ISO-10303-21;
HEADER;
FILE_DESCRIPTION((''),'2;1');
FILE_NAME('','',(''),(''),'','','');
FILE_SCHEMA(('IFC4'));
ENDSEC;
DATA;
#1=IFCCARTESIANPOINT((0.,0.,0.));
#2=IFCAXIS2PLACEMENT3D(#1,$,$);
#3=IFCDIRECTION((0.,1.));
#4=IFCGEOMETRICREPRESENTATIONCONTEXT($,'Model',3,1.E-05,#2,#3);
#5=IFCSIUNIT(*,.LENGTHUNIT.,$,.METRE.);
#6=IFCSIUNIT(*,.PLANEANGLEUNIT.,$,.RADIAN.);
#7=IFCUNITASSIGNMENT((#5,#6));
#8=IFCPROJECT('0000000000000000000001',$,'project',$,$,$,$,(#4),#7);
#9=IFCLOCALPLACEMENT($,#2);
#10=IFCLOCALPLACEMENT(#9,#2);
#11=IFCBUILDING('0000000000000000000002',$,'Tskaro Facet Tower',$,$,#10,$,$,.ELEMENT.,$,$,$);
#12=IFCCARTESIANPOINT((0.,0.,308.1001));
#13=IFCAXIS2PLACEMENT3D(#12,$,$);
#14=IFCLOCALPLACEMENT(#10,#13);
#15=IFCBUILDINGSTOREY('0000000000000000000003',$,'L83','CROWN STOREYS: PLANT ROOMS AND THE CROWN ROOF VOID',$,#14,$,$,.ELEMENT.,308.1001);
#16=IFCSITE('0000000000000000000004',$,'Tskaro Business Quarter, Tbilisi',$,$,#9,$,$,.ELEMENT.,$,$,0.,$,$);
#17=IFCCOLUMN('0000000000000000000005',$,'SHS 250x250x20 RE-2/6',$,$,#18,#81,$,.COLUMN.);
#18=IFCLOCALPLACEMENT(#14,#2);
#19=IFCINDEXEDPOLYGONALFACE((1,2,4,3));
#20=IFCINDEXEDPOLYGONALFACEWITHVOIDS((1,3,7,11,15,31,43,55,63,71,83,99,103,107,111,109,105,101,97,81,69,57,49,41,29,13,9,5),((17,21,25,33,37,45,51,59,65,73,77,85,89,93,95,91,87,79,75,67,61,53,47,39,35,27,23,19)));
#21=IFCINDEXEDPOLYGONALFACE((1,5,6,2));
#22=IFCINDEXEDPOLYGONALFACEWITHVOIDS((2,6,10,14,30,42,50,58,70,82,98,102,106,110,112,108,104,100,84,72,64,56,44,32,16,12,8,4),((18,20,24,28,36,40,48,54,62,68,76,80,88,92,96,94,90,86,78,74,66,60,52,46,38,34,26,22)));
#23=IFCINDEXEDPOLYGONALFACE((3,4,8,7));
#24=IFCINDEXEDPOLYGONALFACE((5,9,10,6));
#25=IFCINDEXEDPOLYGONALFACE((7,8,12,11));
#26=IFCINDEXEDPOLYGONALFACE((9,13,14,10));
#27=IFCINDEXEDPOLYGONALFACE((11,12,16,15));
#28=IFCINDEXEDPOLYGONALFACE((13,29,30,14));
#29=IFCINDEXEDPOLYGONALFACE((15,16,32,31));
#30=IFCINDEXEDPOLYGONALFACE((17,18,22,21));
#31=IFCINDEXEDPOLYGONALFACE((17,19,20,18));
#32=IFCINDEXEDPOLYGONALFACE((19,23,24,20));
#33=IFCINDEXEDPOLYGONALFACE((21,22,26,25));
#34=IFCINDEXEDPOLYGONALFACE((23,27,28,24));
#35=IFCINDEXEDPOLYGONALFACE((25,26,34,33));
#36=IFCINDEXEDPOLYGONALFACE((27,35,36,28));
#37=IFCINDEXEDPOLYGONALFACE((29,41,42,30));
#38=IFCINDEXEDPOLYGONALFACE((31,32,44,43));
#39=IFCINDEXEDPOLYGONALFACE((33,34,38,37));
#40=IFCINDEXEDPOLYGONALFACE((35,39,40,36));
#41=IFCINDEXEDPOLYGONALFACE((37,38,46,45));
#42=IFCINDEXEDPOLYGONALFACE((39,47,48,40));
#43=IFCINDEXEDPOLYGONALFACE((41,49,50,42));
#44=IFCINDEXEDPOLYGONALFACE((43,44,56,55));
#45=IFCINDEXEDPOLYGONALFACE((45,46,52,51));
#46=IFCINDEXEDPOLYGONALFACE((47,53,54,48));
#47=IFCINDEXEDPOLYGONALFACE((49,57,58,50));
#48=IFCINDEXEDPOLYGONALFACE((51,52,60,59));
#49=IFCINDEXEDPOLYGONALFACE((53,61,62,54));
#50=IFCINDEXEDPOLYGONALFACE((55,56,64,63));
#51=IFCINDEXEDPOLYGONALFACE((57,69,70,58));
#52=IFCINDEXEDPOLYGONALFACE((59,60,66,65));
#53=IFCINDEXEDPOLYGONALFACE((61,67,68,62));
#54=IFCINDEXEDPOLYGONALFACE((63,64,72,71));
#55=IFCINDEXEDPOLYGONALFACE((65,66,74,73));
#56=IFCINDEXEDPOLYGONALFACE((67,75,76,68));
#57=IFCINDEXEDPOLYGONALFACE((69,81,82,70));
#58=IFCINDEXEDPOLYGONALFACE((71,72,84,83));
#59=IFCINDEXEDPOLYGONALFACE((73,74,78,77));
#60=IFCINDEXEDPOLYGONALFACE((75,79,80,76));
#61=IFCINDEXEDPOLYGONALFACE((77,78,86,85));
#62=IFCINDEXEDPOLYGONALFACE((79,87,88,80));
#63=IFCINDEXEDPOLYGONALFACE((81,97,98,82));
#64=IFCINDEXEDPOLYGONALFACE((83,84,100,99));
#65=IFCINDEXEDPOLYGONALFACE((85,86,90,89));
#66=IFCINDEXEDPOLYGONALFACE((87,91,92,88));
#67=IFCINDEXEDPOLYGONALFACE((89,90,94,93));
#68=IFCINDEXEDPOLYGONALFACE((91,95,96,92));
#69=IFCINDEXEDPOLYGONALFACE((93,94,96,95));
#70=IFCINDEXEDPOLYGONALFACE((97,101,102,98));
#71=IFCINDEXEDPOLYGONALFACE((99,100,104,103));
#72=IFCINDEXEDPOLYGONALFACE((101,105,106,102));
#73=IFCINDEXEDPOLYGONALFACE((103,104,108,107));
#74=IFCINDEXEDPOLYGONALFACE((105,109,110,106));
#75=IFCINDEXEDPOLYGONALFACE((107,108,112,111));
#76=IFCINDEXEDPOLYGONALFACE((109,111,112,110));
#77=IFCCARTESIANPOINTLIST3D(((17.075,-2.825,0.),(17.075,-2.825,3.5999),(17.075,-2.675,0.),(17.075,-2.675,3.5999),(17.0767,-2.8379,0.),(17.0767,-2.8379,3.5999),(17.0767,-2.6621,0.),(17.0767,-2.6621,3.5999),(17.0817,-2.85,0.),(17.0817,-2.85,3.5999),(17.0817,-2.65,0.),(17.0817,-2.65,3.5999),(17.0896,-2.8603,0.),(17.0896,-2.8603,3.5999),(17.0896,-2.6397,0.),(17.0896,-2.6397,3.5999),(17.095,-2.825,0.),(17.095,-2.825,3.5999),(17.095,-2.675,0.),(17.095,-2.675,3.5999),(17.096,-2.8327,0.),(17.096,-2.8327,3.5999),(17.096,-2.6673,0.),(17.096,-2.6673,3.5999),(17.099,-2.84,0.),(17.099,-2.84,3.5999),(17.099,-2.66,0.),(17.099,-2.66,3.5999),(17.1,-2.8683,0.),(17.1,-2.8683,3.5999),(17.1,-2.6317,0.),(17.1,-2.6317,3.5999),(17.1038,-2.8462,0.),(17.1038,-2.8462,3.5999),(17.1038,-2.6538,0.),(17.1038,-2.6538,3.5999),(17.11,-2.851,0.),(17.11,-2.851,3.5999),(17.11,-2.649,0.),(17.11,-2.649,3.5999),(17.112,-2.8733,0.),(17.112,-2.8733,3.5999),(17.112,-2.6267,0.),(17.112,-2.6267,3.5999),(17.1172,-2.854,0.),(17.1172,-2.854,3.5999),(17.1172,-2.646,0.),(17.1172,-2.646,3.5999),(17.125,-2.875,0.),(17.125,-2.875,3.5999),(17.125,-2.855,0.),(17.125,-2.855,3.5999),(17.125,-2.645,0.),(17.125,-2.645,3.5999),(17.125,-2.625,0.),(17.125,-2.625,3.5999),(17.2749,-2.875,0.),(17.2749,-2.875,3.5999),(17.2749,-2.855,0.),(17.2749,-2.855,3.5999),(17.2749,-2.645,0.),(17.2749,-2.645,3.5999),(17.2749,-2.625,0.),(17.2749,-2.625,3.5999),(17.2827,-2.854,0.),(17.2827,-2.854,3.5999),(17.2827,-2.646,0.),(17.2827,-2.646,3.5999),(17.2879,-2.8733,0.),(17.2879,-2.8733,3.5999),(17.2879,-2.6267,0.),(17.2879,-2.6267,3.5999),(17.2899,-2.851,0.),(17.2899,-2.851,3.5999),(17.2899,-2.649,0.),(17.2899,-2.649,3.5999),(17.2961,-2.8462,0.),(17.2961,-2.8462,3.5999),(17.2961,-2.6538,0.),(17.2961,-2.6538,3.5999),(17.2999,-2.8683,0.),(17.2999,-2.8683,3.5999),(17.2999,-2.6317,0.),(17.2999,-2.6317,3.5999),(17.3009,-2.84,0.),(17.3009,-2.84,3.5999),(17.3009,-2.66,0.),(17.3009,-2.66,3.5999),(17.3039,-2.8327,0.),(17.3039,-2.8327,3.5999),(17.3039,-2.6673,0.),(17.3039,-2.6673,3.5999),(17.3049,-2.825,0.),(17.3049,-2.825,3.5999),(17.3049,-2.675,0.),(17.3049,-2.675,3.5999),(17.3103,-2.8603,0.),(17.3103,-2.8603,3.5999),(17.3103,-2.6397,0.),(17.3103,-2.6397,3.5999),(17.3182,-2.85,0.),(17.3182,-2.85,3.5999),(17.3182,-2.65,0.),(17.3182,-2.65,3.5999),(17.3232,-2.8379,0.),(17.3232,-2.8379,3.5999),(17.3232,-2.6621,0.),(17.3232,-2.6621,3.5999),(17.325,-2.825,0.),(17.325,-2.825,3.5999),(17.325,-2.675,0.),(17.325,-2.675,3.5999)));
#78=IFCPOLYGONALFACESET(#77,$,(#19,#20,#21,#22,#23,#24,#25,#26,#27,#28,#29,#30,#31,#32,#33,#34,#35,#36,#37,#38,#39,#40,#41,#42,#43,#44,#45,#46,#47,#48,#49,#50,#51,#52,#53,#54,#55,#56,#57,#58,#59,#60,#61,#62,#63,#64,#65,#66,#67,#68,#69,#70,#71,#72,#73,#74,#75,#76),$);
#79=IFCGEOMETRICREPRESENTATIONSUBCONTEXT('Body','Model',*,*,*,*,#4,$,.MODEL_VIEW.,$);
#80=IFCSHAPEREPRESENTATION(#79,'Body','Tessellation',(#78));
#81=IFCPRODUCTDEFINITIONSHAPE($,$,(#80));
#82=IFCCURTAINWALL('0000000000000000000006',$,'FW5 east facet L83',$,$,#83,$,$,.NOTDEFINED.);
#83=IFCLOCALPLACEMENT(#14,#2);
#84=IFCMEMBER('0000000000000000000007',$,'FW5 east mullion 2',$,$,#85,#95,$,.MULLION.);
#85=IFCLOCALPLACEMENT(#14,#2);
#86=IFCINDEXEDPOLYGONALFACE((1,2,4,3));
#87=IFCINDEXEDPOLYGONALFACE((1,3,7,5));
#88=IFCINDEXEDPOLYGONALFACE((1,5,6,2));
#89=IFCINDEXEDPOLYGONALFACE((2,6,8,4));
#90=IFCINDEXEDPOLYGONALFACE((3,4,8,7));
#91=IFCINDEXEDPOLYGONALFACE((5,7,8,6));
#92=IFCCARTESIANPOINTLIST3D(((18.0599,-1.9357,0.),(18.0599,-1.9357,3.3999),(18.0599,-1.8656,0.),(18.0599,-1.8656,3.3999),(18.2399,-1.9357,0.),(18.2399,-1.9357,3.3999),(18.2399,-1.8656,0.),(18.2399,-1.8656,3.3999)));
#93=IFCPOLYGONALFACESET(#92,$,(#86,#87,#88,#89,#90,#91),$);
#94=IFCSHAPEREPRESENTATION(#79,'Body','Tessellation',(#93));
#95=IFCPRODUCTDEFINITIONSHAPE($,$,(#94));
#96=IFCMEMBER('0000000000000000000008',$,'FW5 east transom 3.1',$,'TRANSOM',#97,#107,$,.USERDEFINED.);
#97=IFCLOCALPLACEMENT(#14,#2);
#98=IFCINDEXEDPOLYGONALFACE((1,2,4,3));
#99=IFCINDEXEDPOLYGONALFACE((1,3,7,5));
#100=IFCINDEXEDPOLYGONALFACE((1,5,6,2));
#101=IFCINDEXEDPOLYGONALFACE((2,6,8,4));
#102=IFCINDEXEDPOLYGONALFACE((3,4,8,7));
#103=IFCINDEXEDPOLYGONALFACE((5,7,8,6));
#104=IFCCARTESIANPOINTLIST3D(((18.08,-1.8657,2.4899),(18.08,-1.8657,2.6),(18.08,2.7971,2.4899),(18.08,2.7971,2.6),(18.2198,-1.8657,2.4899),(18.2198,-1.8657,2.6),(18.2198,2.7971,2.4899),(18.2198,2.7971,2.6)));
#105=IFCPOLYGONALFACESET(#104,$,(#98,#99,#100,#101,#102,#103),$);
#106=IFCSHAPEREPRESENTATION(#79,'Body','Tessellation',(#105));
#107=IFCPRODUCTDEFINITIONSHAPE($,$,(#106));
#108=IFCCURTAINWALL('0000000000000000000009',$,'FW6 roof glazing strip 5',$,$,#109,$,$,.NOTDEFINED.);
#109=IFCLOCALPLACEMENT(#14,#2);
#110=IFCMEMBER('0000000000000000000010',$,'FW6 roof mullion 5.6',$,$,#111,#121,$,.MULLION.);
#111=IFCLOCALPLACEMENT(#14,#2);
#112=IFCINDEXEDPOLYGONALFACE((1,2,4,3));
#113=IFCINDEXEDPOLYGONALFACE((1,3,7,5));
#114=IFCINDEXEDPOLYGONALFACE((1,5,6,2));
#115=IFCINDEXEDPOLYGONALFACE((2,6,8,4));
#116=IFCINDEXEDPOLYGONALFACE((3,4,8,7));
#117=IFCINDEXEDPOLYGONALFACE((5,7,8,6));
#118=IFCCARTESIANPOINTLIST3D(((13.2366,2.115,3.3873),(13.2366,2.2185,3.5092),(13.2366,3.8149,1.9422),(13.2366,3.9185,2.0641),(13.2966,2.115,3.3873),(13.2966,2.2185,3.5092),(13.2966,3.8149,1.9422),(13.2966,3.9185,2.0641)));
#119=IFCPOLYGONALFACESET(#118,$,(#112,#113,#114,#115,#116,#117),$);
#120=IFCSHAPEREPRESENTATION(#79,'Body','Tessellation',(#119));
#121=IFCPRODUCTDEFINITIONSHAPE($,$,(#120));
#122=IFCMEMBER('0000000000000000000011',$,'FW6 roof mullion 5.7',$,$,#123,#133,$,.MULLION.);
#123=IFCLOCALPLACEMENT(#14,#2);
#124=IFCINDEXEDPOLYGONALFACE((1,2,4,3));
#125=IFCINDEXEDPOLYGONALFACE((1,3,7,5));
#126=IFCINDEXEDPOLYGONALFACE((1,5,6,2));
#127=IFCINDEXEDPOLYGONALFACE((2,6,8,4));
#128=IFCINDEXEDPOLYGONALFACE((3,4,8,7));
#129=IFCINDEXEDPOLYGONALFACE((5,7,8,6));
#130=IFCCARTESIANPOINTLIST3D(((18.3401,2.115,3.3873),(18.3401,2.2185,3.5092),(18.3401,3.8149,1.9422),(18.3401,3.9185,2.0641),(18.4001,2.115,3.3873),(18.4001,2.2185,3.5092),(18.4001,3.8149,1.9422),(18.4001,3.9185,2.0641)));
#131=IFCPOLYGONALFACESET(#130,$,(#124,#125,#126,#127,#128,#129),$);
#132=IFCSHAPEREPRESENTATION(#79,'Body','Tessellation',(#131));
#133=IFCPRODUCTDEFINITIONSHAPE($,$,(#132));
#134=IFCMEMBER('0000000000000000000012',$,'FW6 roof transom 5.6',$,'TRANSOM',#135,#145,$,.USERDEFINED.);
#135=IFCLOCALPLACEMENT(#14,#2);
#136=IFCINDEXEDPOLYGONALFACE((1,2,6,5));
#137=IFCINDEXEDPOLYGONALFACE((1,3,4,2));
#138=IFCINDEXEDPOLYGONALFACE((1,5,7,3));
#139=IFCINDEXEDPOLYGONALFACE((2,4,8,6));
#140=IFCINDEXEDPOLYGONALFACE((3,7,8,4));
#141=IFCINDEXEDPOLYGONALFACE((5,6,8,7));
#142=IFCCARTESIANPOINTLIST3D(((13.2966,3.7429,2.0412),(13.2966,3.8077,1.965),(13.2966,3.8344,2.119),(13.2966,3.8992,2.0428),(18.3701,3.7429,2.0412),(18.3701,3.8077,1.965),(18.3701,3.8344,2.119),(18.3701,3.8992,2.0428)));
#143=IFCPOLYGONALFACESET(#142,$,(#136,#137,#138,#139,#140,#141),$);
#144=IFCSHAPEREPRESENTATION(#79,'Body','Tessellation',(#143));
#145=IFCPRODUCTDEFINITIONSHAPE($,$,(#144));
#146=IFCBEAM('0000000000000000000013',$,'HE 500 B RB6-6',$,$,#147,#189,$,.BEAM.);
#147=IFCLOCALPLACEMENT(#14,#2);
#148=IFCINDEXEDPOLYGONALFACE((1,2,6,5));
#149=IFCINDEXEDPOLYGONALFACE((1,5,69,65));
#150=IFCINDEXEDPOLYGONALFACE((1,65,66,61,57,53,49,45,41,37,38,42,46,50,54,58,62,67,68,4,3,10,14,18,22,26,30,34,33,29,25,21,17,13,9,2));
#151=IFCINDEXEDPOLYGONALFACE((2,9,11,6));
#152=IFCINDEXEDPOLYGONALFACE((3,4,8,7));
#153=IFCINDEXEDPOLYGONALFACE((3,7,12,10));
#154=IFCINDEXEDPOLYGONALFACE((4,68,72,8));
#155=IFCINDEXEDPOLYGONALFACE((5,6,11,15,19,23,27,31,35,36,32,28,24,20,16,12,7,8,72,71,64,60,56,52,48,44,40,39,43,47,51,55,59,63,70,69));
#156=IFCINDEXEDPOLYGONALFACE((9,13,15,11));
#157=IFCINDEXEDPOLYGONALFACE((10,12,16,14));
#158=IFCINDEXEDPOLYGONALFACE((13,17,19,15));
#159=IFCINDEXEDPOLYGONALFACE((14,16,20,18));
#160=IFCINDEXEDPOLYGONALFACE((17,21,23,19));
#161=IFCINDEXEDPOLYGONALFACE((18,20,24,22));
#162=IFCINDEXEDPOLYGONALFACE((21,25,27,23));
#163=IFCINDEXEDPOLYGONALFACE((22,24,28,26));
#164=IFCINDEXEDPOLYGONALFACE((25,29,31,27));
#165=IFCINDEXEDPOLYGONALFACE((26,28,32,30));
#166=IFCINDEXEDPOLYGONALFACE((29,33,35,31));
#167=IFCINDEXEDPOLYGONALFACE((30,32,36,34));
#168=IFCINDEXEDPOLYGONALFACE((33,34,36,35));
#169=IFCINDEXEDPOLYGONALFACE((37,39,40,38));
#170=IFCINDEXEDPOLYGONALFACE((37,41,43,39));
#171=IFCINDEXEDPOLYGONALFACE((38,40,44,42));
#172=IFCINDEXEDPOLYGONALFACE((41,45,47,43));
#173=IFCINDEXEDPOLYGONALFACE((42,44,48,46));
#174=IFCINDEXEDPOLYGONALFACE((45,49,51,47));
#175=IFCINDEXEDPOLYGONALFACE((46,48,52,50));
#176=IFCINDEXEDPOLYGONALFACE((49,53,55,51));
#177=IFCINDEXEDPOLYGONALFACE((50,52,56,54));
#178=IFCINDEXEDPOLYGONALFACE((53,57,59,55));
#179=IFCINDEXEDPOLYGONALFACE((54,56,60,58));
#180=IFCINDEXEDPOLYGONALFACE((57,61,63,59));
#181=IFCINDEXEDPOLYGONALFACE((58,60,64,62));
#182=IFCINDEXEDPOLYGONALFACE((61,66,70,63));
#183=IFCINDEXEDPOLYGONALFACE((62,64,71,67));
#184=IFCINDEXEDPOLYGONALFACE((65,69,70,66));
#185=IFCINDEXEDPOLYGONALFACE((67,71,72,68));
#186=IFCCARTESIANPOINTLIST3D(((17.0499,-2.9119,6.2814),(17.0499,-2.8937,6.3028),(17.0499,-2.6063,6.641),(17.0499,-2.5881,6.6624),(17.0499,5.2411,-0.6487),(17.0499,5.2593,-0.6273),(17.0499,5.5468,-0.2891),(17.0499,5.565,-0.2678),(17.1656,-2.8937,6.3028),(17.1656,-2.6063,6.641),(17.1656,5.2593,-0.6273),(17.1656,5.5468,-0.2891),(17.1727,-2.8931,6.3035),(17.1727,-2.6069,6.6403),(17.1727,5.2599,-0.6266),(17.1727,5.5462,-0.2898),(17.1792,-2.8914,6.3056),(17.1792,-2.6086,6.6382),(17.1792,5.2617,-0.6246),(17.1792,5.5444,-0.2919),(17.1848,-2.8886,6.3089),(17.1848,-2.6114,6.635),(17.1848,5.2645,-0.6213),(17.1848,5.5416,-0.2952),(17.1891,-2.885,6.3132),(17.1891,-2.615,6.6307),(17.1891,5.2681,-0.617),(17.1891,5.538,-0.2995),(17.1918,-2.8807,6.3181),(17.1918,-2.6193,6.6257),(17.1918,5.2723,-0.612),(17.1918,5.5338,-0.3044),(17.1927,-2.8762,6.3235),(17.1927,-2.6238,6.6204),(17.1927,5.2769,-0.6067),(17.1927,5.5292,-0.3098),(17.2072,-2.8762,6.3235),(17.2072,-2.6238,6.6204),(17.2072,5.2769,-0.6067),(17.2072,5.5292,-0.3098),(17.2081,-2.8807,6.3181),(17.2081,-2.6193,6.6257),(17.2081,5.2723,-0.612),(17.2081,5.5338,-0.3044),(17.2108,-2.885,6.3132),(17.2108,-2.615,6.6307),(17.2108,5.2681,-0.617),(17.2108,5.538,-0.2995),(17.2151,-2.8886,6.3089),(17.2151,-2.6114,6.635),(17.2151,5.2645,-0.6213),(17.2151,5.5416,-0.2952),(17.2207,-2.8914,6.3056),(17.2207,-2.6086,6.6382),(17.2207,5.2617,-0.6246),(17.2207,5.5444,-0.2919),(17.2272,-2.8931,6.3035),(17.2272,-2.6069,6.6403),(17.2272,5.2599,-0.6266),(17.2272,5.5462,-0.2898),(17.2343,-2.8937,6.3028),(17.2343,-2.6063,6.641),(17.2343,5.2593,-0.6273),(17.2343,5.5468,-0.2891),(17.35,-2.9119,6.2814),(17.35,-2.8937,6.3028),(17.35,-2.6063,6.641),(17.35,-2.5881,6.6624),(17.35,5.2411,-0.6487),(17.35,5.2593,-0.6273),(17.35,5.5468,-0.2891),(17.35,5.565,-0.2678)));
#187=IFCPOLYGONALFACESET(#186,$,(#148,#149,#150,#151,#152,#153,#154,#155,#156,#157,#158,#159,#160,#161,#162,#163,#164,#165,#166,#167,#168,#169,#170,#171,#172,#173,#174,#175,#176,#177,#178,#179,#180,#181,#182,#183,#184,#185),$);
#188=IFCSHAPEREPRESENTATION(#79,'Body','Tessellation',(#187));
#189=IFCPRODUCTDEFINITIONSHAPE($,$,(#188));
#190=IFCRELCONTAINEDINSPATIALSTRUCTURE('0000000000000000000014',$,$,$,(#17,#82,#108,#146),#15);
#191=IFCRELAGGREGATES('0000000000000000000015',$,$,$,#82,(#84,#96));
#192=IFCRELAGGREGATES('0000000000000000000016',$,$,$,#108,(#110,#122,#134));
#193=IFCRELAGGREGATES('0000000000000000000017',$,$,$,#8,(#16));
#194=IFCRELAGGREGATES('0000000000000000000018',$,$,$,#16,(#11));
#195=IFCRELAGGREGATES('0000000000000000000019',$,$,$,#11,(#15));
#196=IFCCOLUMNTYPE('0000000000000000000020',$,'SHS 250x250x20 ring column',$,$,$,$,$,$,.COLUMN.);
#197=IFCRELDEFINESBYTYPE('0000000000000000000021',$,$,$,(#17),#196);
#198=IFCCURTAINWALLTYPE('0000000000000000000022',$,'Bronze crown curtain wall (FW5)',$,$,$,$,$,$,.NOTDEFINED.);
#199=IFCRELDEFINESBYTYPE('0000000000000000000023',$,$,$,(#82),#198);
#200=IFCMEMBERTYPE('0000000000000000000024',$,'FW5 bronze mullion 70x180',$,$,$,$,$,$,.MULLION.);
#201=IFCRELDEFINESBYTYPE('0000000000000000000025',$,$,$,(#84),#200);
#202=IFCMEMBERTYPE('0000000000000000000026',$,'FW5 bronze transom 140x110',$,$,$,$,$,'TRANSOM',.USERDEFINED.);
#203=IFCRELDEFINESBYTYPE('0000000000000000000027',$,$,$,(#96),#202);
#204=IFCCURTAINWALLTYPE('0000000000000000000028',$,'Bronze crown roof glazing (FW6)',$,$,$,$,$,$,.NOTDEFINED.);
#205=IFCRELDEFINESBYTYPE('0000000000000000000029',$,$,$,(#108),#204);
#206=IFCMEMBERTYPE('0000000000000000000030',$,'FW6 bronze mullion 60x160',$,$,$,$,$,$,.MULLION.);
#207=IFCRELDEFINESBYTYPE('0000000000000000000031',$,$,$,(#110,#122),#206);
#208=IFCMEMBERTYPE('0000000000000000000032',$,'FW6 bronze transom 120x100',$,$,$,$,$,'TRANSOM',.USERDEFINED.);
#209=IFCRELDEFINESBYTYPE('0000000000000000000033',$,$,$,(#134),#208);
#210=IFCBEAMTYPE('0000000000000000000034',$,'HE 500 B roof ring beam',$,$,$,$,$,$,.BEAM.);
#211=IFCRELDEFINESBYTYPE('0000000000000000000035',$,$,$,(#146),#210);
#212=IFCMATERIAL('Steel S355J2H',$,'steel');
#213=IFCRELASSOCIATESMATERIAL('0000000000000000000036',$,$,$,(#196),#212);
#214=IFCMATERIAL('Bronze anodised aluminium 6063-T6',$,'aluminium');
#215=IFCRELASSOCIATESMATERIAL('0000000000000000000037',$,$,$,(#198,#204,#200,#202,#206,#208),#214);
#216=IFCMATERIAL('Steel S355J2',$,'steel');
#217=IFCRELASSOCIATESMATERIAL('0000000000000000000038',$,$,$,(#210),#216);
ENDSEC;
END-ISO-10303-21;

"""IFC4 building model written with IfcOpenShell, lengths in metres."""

from ifc_helpers import new_model, si_unit, direction, frame, origin, origin_2d, place, context, subcontext, project, spatial, rectangle, hollow_rectangle, i_section, extrude, material, material_profile, profile_set, type_object, element, aggregate, save


model = new_model("IFC4")

# Units and contexts
model_context = context("Model", 3, precision=1e-05, world=origin(), true_north=direction((0.0, 1.0)))
body_context = subcontext(model_context, "Body", "Model", "MODEL_VIEW")
ifc_project = project(units=[si_unit("LENGTHUNIT", "METRE"), si_unit("PLANEANGLEUNIT", "RADIAN")], contexts=[model_context])

# Site, building, storey
site_placement = place(None, origin())
site = spatial("IfcSite", under=ifc_project, at=site_placement, Name="Tskaro Business Quarter, Tbilisi", CompositionType="ELEMENT", RefElevation=0.0)
building_placement = place(site_placement, origin())
building = spatial("IfcBuilding", under=site, at=building_placement, Name="Tskaro Facet Tower", CompositionType="ELEMENT")
storey_placement = place(building_placement, frame((0.0, 0.0, 308.1001)))
storey = spatial("IfcBuildingStorey", under=building, at=storey_placement, Name="L83", Description="CROWN STOREYS: PLANT ROOMS AND THE CROWN ROOF VOID", CompositionType="ELEMENT", Elevation=308.1001)

# Column
ifc_material_1 = material(Name="Steel S355J2H", Category="steel")
ifc_material_profile_1 = material_profile(ifc_material_1, hollow_rectangle(XDim=0.25, YDim=0.25, WallThickness=0.02, InnerFilletRadius=0.03, OuterFilletRadius=0.05, at=origin_2d()), Name="SHS 250x250x20")
ifc_profile_set_1 = profile_set([ifc_material_profile_1], Name="Steel S355J2H")
column_type = type_object("IfcColumnType", Name="SHS 250x250x20 ring column", PredefinedType="COLUMN", material=ifc_profile_set_1)
column_placement = place(storey_placement, frame((17.2, -2.75, 0.0), z_axis=(0.0, 0.0, 1.0), x_axis=(1.0, 0.0, 0.0)))
element("IfcColumn", 1, at=column_placement, inside=storey, type_object=column_type, Name="SHS 250x250x20 RE-2/6", PredefinedType="COLUMN", context=body_context, shape_type="SweptSolid", body=[
    extrude(hollow_rectangle(XDim=0.25, YDim=0.25, WallThickness=0.02, InnerFilletRadius=0.03, OuterFilletRadius=0.05, at=origin_2d()), origin(), (0.0, 0.0, 1.0), 3.5999),
])

# Curtain walls, members
ifc_material_2 = material(Name="Bronze anodised aluminium 6063-T6", Category="aluminium")
curtain_wall_type_1 = type_object("IfcCurtainWallType", Name="Bronze crown curtain wall (FW5)", PredefinedType="NOTDEFINED", material=ifc_material_2)
curtain_wall_1_placement = place(storey_placement, origin())
curtain_wall_1 = element("IfcCurtainWall", 2, at=curtain_wall_1_placement, inside=storey, type_object=curtain_wall_type_1, Name="FW5 east facet L83", PredefinedType="NOTDEFINED")
ifc_material_profile_2 = material_profile(ifc_material_2, rectangle(XDim=0.0701, YDim=0.1799, at=origin_2d()), Name="Mullion 70x180")
ifc_profile_set_2 = profile_set([ifc_material_profile_2], Name="Bronze anodised aluminium 6063-T6")
member_type_1 = type_object("IfcMemberType", Name="FW5 bronze mullion 70x180", PredefinedType="MULLION", material=ifc_profile_set_2)
member_1_placement = place(storey_placement, frame((18.1499, -1.9006, 0.0), z_axis=(0.0, 0.0, 1.0), x_axis=(0.0, 1.0, 0.0)))
member_1 = element("IfcMember", 3, at=member_1_placement, type_object=member_type_1, Name="FW5 east mullion 2", PredefinedType="MULLION", context=body_context, shape_type="SweptSolid", body=[
    extrude(rectangle(XDim=0.0701, YDim=0.1799, at=origin_2d()), origin(), (0.0, 0.0, 1.0), 3.3999),
])
ifc_material_profile_3 = material_profile(ifc_material_2, rectangle(XDim=0.1399, YDim=0.1101, at=origin_2d()), Name="Transom 140x110")
ifc_profile_set_3 = profile_set([ifc_material_profile_3], Name="Bronze anodised aluminium 6063-T6")
member_type_2 = type_object("IfcMemberType", Name="FW5 bronze transom 140x110", ElementType="TRANSOM", PredefinedType="USERDEFINED", material=ifc_profile_set_3)
member_2_placement = place(storey_placement, frame((18.1499, -1.8657, 2.5449), z_axis=(0.0, 1.0, 0.0), x_axis=(-1.0, 0.0, 0.0)))
member_2 = element("IfcMember", 4, at=member_2_placement, type_object=member_type_2, Name="FW5 east transom 3.1", ObjectType="TRANSOM", PredefinedType="USERDEFINED", context=body_context, shape_type="SweptSolid", body=[
    extrude(rectangle(XDim=0.1399, YDim=0.1101, at=origin_2d()), origin(), (0.0, 0.0, 1.0), 4.6628),
])
curtain_wall_type_2 = type_object("IfcCurtainWallType", Name="Bronze crown roof glazing (FW6)", PredefinedType="NOTDEFINED", material=ifc_material_2)
curtain_wall_2_placement = place(storey_placement, origin())
curtain_wall_2 = element("IfcCurtainWall", 5, at=curtain_wall_2_placement, inside=storey, type_object=curtain_wall_type_2, Name="FW6 roof glazing strip 5", PredefinedType="NOTDEFINED")
ifc_material_profile_4 = material_profile(ifc_material_2, rectangle(XDim=0.0601, YDim=0.1599, at=origin_2d()), Name="Mullion 60x160")
ifc_profile_set_4 = profile_set([ifc_material_profile_4], Name="Bronze anodised aluminium 6063-T6")
member_type_3 = type_object("IfcMemberType", Name="FW6 bronze mullion 60x160", PredefinedType="MULLION", material=ifc_profile_set_4)
member_3_placement = place(storey_placement, frame((13.2666, 2.1667, 3.4482), z_axis=(0.0, 0.761915, -0.647677), x_axis=(-1.0, 0.0, 0.0)))
member_3 = element("IfcMember", 6, at=member_3_placement, type_object=member_type_3, Name="FW6 roof mullion 5.6", PredefinedType="MULLION", context=body_context, shape_type="SweptSolid", body=[
    extrude(rectangle(XDim=0.0601, YDim=0.1599, at=origin_2d()), origin(), (0.0, 0.0, 1.0), 2.2312),
])
member_4_placement = place(storey_placement, frame((18.3701, 2.1667, 3.4482), z_axis=(0.0, 0.761915, -0.647677), x_axis=(-1.0, 0.0, 0.0)))
member_4 = element("IfcMember", 7, at=member_4_placement, type_object=member_type_3, Name="FW6 roof mullion 5.7", PredefinedType="MULLION", context=body_context, shape_type="SweptSolid", body=[
    extrude(rectangle(XDim=0.0601, YDim=0.1599, at=origin_2d()), origin(), (0.0, 0.0, 1.0), 2.2312),
])
ifc_material_profile_5 = material_profile(ifc_material_2, rectangle(XDim=0.1201, YDim=0.1001, at=origin_2d()), Name="Transom 120x100")
ifc_profile_set_5 = profile_set([ifc_material_profile_5], Name="Bronze anodised aluminium 6063-T6")
member_type_4 = type_object("IfcMemberType", Name="FW6 bronze transom 120x100", ElementType="TRANSOM", PredefinedType="USERDEFINED", material=ifc_profile_set_5)
member_5_placement = place(storey_placement, frame((13.2966, 3.821, 2.042), z_axis=(1.0, 0.0, 0.0), x_axis=(0.0, 0.761939, 0.647648)))
member_5 = element("IfcMember", 8, at=member_5_placement, type_object=member_type_4, Name="FW6 roof transom 5.6", ObjectType="TRANSOM", PredefinedType="USERDEFINED", context=body_context, shape_type="SweptSolid", body=[
    extrude(rectangle(XDim=0.1201, YDim=0.1001, at=origin_2d()), origin(), (0.0, 0.0, 1.0), 5.0735),
])

# Beam
ifc_material_3 = material(Name="Steel S355J2", Category="steel")
ifc_material_profile_6 = material_profile(ifc_material_3, i_section(OverallWidth=0.3, OverallDepth=0.5, WebThickness=0.0144, FlangeThickness=0.0281, FilletRadius=0.0271, at=origin_2d()), Name="HE 500 B")
ifc_profile_set_6 = profile_set([ifc_material_profile_6], Name="Steel S355J2")
beam_type = type_object("IfcBeamType", Name="HE 500 B roof ring beam", PredefinedType="BEAM", material=ifc_profile_set_6)
beam_placement = place(storey_placement, frame((17.2, -2.75, 6.4719), z_axis=(0.0, 0.761937, -0.647652), x_axis=(-1.0, 0.0, 0.0)))
element("IfcBeam", 9, at=beam_placement, inside=storey, type_object=beam_type, Name="HE 500 B RB6-6", PredefinedType="BEAM", context=body_context, shape_type="SweptSolid", body=[
    extrude(i_section(OverallWidth=0.3, OverallDepth=0.5, WebThickness=0.0144, FlangeThickness=0.0281, FilletRadius=0.0271, at=origin_2d()), origin(), (0.0, 0.0, 1.0), 10.7004),
])

aggregate(curtain_wall_1, [member_1, member_2])
aggregate(curtain_wall_2, [member_3, member_4, member_5])

save(model, "model.ifc")
